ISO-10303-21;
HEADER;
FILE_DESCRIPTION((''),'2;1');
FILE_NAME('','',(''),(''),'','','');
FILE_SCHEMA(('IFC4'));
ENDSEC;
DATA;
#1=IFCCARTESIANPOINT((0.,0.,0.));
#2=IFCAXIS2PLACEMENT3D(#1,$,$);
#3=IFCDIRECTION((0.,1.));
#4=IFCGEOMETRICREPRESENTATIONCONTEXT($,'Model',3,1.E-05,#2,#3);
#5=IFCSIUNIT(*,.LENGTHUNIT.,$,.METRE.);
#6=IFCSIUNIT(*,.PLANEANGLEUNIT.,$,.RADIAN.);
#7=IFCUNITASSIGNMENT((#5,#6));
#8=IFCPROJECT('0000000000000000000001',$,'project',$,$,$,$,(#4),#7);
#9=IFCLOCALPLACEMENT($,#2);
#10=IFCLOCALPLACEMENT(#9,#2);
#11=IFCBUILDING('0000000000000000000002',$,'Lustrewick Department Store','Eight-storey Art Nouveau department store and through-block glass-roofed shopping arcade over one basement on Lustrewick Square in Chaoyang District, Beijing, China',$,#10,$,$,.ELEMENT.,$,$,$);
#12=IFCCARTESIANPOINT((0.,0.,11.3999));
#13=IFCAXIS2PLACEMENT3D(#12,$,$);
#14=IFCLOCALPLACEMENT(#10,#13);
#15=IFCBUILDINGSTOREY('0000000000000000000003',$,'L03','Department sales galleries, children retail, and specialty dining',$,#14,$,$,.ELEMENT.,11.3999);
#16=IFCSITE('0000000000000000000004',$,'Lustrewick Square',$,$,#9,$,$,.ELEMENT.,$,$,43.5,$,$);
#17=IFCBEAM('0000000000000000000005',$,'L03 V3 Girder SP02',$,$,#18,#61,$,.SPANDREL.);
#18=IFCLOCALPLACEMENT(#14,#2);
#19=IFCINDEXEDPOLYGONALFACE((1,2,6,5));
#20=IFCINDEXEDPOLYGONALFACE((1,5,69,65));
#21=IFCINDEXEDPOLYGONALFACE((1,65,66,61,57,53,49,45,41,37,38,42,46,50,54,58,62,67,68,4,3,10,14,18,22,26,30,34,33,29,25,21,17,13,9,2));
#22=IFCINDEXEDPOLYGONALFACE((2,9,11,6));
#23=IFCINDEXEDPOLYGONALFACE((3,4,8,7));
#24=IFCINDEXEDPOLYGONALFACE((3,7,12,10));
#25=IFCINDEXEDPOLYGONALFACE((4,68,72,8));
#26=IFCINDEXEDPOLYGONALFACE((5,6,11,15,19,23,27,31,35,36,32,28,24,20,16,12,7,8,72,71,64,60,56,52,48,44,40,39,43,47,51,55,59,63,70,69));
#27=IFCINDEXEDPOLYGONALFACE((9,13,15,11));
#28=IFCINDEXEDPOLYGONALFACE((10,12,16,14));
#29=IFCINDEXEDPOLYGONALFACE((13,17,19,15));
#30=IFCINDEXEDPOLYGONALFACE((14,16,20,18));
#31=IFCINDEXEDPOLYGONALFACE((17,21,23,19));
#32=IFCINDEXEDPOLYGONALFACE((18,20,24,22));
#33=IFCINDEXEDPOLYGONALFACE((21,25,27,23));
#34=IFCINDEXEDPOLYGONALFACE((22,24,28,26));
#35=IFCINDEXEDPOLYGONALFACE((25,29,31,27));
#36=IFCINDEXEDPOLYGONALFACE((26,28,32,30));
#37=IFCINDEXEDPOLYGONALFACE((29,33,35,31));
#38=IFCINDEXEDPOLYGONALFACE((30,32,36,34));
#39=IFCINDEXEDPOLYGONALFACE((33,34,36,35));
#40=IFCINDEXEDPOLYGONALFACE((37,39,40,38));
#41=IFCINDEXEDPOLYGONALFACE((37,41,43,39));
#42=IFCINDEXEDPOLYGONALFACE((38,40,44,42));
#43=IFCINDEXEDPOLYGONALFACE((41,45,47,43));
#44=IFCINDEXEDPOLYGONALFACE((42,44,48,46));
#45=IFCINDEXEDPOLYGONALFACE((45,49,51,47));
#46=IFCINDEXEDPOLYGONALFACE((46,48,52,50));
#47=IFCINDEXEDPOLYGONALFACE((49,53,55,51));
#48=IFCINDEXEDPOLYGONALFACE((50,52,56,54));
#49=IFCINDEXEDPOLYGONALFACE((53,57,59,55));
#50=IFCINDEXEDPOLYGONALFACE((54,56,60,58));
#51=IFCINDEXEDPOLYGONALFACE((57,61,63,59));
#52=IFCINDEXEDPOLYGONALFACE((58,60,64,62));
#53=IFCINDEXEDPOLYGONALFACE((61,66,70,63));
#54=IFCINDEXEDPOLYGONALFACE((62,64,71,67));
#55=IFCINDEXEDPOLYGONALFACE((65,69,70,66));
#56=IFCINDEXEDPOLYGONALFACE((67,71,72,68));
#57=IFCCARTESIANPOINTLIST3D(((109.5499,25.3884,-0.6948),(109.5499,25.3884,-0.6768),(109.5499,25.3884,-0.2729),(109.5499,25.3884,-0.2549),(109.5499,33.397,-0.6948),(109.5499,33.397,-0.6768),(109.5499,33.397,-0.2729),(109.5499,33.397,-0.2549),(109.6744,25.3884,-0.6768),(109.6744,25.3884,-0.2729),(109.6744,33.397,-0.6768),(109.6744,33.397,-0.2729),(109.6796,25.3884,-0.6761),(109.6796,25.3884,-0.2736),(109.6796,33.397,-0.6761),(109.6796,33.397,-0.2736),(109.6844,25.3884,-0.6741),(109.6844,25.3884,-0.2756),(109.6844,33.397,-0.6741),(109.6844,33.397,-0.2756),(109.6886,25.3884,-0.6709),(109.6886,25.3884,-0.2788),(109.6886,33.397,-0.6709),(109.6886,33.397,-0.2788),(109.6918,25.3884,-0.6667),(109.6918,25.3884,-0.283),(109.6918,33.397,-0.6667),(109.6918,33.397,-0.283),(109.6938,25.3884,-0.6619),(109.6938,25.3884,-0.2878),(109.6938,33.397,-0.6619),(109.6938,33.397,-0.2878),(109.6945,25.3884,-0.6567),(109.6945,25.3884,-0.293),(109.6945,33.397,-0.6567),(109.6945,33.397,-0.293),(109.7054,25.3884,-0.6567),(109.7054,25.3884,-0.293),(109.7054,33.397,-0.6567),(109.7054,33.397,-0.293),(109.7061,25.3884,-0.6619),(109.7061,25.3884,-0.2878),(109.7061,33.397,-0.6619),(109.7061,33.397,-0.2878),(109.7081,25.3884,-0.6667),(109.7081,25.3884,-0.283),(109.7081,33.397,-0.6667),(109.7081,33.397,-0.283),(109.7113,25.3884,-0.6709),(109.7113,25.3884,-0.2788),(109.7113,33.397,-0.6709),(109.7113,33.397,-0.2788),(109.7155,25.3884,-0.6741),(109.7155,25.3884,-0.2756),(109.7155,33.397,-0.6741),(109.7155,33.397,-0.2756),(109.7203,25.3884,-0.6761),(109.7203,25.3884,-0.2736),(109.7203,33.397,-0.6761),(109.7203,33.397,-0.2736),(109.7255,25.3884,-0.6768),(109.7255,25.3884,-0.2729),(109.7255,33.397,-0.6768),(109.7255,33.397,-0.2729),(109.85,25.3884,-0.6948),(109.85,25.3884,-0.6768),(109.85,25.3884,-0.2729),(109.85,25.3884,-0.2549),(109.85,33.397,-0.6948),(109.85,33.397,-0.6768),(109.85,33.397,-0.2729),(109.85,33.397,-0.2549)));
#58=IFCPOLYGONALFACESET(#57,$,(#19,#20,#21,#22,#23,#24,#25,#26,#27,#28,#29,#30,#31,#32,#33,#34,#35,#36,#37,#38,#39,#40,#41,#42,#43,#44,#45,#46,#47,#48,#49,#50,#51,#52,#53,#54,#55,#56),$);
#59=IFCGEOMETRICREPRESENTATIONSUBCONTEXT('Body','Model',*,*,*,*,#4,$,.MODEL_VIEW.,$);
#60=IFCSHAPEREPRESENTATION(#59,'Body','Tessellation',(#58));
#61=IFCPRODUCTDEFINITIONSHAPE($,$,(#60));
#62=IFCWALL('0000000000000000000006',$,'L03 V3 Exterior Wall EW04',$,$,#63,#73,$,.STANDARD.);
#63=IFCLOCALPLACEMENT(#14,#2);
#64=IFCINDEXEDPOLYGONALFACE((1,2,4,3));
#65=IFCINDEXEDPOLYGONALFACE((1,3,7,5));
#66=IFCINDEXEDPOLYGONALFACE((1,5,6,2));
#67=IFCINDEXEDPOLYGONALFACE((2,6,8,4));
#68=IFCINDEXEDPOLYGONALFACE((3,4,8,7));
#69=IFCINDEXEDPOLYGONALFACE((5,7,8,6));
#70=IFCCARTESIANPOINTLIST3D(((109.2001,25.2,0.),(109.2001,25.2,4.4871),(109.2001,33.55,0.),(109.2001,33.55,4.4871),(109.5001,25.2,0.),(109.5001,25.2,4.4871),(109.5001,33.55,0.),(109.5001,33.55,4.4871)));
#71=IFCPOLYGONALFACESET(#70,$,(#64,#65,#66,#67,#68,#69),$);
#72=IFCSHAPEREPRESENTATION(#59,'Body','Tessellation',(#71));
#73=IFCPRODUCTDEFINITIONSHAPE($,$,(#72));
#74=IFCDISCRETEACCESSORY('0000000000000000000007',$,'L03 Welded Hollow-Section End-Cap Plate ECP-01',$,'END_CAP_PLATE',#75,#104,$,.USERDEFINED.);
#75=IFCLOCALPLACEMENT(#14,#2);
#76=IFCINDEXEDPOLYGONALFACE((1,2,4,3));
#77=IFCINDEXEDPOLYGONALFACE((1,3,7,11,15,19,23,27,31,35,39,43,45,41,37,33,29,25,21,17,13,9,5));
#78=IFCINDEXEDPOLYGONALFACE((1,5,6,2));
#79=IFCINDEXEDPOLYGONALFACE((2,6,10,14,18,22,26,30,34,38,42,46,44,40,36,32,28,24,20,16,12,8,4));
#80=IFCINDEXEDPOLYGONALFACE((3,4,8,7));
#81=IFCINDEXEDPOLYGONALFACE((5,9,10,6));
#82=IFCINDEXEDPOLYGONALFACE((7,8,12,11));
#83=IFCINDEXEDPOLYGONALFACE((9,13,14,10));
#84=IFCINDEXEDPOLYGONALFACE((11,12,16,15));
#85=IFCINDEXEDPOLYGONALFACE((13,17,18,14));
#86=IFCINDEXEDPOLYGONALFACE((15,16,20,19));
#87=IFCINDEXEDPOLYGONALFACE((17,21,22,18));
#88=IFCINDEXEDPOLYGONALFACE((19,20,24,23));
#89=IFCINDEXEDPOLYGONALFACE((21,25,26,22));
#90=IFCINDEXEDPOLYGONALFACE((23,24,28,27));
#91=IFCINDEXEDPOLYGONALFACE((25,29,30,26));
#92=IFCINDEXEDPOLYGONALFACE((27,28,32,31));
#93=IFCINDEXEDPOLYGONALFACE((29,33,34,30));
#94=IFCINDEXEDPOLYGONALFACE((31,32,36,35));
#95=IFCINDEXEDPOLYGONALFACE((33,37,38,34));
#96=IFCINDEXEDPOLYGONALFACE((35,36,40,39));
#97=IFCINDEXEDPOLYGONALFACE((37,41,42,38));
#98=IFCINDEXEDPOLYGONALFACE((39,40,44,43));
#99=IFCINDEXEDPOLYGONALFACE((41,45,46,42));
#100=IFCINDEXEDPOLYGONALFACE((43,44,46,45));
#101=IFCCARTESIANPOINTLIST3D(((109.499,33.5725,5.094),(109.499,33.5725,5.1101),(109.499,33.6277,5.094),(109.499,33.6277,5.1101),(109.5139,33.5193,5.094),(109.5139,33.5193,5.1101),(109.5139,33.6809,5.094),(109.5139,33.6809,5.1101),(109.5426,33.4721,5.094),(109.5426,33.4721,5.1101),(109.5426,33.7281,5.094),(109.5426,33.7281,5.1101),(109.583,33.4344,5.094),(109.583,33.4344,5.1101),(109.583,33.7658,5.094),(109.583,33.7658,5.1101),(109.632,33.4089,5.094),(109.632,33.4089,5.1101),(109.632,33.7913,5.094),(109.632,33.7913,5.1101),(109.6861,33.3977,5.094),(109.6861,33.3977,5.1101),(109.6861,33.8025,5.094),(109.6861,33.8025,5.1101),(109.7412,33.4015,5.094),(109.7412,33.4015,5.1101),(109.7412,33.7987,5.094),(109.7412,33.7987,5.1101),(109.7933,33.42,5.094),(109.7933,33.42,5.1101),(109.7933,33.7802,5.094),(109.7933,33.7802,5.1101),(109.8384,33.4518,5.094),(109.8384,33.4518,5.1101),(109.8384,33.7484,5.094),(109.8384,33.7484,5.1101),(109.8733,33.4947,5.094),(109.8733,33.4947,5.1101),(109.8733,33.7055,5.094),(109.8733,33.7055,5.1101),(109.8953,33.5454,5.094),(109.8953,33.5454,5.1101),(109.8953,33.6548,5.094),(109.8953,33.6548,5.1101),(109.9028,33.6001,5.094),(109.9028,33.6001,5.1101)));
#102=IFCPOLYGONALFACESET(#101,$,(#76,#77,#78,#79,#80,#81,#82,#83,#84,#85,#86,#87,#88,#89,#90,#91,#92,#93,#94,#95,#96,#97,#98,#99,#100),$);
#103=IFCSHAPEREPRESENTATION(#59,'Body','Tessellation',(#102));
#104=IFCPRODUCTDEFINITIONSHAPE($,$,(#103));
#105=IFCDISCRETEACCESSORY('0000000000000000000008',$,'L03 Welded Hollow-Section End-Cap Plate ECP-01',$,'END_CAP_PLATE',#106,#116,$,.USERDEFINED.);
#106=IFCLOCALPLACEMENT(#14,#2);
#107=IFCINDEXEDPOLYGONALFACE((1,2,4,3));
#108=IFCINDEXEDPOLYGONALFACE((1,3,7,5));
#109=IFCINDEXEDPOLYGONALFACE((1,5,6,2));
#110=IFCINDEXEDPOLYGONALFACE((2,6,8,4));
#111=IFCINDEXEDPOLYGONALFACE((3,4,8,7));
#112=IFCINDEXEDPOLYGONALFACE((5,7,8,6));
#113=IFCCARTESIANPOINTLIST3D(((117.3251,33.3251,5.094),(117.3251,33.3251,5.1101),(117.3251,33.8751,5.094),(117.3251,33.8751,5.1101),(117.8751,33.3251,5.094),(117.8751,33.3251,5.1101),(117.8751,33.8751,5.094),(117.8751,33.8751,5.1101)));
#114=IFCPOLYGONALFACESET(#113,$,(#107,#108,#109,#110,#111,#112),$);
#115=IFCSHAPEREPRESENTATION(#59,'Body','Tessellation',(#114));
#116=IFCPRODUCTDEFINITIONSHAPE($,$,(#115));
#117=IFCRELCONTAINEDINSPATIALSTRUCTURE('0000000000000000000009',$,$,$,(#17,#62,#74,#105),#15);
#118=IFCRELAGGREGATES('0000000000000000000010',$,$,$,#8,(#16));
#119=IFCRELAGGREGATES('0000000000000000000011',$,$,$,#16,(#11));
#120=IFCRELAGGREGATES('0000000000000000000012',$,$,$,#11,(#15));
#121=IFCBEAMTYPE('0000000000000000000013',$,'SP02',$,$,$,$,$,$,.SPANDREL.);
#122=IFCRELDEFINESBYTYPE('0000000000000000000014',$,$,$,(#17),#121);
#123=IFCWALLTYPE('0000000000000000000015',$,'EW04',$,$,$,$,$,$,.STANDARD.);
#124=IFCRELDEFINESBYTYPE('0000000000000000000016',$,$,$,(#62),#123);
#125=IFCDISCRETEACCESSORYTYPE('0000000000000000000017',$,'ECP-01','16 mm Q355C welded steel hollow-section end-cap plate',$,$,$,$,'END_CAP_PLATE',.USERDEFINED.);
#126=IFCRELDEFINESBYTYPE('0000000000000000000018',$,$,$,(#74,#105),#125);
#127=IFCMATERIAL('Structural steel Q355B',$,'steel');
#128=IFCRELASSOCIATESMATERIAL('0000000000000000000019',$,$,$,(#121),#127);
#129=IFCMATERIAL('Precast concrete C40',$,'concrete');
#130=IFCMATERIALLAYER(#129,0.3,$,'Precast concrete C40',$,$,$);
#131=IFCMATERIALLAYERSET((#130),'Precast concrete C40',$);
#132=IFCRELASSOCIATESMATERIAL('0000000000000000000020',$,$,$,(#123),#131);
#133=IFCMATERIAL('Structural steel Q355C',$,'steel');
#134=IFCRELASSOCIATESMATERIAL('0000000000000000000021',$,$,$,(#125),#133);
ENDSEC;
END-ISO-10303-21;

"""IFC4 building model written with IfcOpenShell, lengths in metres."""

from ifc_helpers import new_model, si_unit, direction, frame, frame_2d, origin, origin_2d, place, context, subcontext, project, spatial, rectangle, circle, i_section, extrude, material, layer, layer_set, material_profile, profile_set, type_object, element, save


model = new_model("IFC4")

# Units and contexts
model_context = context("Model", 3, precision=1e-05, world=origin(), true_north=direction((0.0, 1.0)))
body_context = subcontext(model_context, "Body", "Model", "MODEL_VIEW")
ifc_project = project(units=[si_unit("LENGTHUNIT", "METRE"), si_unit("PLANEANGLEUNIT", "RADIAN")], contexts=[model_context])

# Site, building, storey
site_placement = place(None, origin())
site = spatial("IfcSite", under=ifc_project, at=site_placement, Name="Lustrewick Square", CompositionType="ELEMENT", RefElevation=43.5)
building_placement = place(site_placement, origin())
building = spatial("IfcBuilding", under=site, at=building_placement, Name="Lustrewick Department Store", Description="Eight-storey Art Nouveau department store and through-block glass-roofed shopping arcade over one basement on Lustrewick Square in Chaoyang District, Beijing, China", CompositionType="ELEMENT")
storey_placement = place(building_placement, frame((0.0, 0.0, 11.3999)))
storey = spatial("IfcBuildingStorey", under=building, at=storey_placement, Name="L03", Description="Department sales galleries, children retail, and specialty dining", CompositionType="ELEMENT", Elevation=11.3999)

# Shared definitions
ifc_material_1 = material(Name="Structural steel Q355C", Category="steel")

# Beam
ifc_material_2 = material(Name="Structural steel Q355B", Category="steel")
ifc_material_profile_1 = material_profile(ifc_material_2, i_section(OverallWidth=0.3, OverallDepth=0.4399, WebThickness=0.011, FlangeThickness=0.0181, FilletRadius=0.02, at=origin_2d()), Name="HM 440x300x11x18")
ifc_profile_set_1 = profile_set([ifc_material_profile_1], Name="Structural steel Q355B")
beam_type_1 = type_object("IfcBeamType", Name="SP02", PredefinedType="SPANDREL", material=ifc_profile_set_1)
beam_1_placement = place(storey_placement, frame((109.7, 25.3884, -0.4749), z_axis=(0.0, 1.0, 0.0), x_axis=(-1.0, 0.0, 0.0)))
element("IfcBeam", 1, at=beam_1_placement, inside=storey, type_object=beam_type_1, Name="L03 V3 Girder SP02", PredefinedType="SPANDREL", context=body_context, shape_type="SweptSolid", body=[
    extrude(i_section(OverallWidth=0.3, OverallDepth=0.4399, WebThickness=0.011, FlangeThickness=0.0181, FilletRadius=0.02, at=origin_2d()), origin(), (0.0, 0.0, 1.0), 8.0085),
])

# Wall
ifc_material_3 = material(Name="Precast concrete C40", Category="concrete")
ifc_layer = layer(ifc_material_3, 0.3, Name="Precast concrete C40")
ifc_layer_set = layer_set([ifc_layer], Name="Precast concrete C40")
wall_type = type_object("IfcWallType", Name="EW04", PredefinedType="STANDARD", material=ifc_layer_set)
wall_placement = place(storey_placement, frame((109.3501, 33.55, 0.0), z_axis=(0.0, 0.0, 1.0), x_axis=(0.0, -1.0, 0.0)))
element("IfcWall", 2, at=wall_placement, inside=storey, type_object=wall_type, Name="L03 V3 Exterior Wall EW04", PredefinedType="STANDARD", context=body_context, shape_type="SweptSolid", body=[
    extrude(rectangle(XDim=8.3501, YDim=0.3, at=frame_2d((4.175, 0.0))), origin(), (0.0, 0.0, 1.0), 4.4871),
])

# Discrete accessories
discrete_accessory_type = type_object("IfcDiscreteAccessoryType", Name="ECP-01", Description="16 mm Q355C welded steel hollow-section end-cap plate", ElementType="END_CAP_PLATE", PredefinedType="USERDEFINED", material=ifc_material_1)
discrete_accessory_1_placement = place(storey_placement, frame((109.7, 33.6001, 5.094), z_axis=(0.0, 0.0, 1.0), x_axis=(1.0, 0.0, 0.0)))
element("IfcDiscreteAccessory", 3, at=discrete_accessory_1_placement, inside=storey, type_object=discrete_accessory_type, Name="L03 Welded Hollow-Section End-Cap Plate ECP-01", ObjectType="END_CAP_PLATE", PredefinedType="USERDEFINED", context=body_context, shape_type="SweptSolid", body=[
    extrude(circle(Radius=0.2029, at=origin_2d()), origin(), (0.0, 0.0, 1.0), 0.0161),
])
discrete_accessory_2_placement = place(storey_placement, frame((117.6001, 33.6001, 5.094), z_axis=(0.0, 0.0, 1.0), x_axis=(1.0, 0.0, 0.0)))
element("IfcDiscreteAccessory", 4, at=discrete_accessory_2_placement, inside=storey, type_object=discrete_accessory_type, Name="L03 Welded Hollow-Section End-Cap Plate ECP-01", ObjectType="END_CAP_PLATE", PredefinedType="USERDEFINED", context=body_context, shape_type="SweptSolid", body=[
    extrude(rectangle(XDim=0.55, YDim=0.55, at=origin_2d()), origin(), (0.0, 0.0, 1.0), 0.0161),
])

save(model, "model.ifc")
